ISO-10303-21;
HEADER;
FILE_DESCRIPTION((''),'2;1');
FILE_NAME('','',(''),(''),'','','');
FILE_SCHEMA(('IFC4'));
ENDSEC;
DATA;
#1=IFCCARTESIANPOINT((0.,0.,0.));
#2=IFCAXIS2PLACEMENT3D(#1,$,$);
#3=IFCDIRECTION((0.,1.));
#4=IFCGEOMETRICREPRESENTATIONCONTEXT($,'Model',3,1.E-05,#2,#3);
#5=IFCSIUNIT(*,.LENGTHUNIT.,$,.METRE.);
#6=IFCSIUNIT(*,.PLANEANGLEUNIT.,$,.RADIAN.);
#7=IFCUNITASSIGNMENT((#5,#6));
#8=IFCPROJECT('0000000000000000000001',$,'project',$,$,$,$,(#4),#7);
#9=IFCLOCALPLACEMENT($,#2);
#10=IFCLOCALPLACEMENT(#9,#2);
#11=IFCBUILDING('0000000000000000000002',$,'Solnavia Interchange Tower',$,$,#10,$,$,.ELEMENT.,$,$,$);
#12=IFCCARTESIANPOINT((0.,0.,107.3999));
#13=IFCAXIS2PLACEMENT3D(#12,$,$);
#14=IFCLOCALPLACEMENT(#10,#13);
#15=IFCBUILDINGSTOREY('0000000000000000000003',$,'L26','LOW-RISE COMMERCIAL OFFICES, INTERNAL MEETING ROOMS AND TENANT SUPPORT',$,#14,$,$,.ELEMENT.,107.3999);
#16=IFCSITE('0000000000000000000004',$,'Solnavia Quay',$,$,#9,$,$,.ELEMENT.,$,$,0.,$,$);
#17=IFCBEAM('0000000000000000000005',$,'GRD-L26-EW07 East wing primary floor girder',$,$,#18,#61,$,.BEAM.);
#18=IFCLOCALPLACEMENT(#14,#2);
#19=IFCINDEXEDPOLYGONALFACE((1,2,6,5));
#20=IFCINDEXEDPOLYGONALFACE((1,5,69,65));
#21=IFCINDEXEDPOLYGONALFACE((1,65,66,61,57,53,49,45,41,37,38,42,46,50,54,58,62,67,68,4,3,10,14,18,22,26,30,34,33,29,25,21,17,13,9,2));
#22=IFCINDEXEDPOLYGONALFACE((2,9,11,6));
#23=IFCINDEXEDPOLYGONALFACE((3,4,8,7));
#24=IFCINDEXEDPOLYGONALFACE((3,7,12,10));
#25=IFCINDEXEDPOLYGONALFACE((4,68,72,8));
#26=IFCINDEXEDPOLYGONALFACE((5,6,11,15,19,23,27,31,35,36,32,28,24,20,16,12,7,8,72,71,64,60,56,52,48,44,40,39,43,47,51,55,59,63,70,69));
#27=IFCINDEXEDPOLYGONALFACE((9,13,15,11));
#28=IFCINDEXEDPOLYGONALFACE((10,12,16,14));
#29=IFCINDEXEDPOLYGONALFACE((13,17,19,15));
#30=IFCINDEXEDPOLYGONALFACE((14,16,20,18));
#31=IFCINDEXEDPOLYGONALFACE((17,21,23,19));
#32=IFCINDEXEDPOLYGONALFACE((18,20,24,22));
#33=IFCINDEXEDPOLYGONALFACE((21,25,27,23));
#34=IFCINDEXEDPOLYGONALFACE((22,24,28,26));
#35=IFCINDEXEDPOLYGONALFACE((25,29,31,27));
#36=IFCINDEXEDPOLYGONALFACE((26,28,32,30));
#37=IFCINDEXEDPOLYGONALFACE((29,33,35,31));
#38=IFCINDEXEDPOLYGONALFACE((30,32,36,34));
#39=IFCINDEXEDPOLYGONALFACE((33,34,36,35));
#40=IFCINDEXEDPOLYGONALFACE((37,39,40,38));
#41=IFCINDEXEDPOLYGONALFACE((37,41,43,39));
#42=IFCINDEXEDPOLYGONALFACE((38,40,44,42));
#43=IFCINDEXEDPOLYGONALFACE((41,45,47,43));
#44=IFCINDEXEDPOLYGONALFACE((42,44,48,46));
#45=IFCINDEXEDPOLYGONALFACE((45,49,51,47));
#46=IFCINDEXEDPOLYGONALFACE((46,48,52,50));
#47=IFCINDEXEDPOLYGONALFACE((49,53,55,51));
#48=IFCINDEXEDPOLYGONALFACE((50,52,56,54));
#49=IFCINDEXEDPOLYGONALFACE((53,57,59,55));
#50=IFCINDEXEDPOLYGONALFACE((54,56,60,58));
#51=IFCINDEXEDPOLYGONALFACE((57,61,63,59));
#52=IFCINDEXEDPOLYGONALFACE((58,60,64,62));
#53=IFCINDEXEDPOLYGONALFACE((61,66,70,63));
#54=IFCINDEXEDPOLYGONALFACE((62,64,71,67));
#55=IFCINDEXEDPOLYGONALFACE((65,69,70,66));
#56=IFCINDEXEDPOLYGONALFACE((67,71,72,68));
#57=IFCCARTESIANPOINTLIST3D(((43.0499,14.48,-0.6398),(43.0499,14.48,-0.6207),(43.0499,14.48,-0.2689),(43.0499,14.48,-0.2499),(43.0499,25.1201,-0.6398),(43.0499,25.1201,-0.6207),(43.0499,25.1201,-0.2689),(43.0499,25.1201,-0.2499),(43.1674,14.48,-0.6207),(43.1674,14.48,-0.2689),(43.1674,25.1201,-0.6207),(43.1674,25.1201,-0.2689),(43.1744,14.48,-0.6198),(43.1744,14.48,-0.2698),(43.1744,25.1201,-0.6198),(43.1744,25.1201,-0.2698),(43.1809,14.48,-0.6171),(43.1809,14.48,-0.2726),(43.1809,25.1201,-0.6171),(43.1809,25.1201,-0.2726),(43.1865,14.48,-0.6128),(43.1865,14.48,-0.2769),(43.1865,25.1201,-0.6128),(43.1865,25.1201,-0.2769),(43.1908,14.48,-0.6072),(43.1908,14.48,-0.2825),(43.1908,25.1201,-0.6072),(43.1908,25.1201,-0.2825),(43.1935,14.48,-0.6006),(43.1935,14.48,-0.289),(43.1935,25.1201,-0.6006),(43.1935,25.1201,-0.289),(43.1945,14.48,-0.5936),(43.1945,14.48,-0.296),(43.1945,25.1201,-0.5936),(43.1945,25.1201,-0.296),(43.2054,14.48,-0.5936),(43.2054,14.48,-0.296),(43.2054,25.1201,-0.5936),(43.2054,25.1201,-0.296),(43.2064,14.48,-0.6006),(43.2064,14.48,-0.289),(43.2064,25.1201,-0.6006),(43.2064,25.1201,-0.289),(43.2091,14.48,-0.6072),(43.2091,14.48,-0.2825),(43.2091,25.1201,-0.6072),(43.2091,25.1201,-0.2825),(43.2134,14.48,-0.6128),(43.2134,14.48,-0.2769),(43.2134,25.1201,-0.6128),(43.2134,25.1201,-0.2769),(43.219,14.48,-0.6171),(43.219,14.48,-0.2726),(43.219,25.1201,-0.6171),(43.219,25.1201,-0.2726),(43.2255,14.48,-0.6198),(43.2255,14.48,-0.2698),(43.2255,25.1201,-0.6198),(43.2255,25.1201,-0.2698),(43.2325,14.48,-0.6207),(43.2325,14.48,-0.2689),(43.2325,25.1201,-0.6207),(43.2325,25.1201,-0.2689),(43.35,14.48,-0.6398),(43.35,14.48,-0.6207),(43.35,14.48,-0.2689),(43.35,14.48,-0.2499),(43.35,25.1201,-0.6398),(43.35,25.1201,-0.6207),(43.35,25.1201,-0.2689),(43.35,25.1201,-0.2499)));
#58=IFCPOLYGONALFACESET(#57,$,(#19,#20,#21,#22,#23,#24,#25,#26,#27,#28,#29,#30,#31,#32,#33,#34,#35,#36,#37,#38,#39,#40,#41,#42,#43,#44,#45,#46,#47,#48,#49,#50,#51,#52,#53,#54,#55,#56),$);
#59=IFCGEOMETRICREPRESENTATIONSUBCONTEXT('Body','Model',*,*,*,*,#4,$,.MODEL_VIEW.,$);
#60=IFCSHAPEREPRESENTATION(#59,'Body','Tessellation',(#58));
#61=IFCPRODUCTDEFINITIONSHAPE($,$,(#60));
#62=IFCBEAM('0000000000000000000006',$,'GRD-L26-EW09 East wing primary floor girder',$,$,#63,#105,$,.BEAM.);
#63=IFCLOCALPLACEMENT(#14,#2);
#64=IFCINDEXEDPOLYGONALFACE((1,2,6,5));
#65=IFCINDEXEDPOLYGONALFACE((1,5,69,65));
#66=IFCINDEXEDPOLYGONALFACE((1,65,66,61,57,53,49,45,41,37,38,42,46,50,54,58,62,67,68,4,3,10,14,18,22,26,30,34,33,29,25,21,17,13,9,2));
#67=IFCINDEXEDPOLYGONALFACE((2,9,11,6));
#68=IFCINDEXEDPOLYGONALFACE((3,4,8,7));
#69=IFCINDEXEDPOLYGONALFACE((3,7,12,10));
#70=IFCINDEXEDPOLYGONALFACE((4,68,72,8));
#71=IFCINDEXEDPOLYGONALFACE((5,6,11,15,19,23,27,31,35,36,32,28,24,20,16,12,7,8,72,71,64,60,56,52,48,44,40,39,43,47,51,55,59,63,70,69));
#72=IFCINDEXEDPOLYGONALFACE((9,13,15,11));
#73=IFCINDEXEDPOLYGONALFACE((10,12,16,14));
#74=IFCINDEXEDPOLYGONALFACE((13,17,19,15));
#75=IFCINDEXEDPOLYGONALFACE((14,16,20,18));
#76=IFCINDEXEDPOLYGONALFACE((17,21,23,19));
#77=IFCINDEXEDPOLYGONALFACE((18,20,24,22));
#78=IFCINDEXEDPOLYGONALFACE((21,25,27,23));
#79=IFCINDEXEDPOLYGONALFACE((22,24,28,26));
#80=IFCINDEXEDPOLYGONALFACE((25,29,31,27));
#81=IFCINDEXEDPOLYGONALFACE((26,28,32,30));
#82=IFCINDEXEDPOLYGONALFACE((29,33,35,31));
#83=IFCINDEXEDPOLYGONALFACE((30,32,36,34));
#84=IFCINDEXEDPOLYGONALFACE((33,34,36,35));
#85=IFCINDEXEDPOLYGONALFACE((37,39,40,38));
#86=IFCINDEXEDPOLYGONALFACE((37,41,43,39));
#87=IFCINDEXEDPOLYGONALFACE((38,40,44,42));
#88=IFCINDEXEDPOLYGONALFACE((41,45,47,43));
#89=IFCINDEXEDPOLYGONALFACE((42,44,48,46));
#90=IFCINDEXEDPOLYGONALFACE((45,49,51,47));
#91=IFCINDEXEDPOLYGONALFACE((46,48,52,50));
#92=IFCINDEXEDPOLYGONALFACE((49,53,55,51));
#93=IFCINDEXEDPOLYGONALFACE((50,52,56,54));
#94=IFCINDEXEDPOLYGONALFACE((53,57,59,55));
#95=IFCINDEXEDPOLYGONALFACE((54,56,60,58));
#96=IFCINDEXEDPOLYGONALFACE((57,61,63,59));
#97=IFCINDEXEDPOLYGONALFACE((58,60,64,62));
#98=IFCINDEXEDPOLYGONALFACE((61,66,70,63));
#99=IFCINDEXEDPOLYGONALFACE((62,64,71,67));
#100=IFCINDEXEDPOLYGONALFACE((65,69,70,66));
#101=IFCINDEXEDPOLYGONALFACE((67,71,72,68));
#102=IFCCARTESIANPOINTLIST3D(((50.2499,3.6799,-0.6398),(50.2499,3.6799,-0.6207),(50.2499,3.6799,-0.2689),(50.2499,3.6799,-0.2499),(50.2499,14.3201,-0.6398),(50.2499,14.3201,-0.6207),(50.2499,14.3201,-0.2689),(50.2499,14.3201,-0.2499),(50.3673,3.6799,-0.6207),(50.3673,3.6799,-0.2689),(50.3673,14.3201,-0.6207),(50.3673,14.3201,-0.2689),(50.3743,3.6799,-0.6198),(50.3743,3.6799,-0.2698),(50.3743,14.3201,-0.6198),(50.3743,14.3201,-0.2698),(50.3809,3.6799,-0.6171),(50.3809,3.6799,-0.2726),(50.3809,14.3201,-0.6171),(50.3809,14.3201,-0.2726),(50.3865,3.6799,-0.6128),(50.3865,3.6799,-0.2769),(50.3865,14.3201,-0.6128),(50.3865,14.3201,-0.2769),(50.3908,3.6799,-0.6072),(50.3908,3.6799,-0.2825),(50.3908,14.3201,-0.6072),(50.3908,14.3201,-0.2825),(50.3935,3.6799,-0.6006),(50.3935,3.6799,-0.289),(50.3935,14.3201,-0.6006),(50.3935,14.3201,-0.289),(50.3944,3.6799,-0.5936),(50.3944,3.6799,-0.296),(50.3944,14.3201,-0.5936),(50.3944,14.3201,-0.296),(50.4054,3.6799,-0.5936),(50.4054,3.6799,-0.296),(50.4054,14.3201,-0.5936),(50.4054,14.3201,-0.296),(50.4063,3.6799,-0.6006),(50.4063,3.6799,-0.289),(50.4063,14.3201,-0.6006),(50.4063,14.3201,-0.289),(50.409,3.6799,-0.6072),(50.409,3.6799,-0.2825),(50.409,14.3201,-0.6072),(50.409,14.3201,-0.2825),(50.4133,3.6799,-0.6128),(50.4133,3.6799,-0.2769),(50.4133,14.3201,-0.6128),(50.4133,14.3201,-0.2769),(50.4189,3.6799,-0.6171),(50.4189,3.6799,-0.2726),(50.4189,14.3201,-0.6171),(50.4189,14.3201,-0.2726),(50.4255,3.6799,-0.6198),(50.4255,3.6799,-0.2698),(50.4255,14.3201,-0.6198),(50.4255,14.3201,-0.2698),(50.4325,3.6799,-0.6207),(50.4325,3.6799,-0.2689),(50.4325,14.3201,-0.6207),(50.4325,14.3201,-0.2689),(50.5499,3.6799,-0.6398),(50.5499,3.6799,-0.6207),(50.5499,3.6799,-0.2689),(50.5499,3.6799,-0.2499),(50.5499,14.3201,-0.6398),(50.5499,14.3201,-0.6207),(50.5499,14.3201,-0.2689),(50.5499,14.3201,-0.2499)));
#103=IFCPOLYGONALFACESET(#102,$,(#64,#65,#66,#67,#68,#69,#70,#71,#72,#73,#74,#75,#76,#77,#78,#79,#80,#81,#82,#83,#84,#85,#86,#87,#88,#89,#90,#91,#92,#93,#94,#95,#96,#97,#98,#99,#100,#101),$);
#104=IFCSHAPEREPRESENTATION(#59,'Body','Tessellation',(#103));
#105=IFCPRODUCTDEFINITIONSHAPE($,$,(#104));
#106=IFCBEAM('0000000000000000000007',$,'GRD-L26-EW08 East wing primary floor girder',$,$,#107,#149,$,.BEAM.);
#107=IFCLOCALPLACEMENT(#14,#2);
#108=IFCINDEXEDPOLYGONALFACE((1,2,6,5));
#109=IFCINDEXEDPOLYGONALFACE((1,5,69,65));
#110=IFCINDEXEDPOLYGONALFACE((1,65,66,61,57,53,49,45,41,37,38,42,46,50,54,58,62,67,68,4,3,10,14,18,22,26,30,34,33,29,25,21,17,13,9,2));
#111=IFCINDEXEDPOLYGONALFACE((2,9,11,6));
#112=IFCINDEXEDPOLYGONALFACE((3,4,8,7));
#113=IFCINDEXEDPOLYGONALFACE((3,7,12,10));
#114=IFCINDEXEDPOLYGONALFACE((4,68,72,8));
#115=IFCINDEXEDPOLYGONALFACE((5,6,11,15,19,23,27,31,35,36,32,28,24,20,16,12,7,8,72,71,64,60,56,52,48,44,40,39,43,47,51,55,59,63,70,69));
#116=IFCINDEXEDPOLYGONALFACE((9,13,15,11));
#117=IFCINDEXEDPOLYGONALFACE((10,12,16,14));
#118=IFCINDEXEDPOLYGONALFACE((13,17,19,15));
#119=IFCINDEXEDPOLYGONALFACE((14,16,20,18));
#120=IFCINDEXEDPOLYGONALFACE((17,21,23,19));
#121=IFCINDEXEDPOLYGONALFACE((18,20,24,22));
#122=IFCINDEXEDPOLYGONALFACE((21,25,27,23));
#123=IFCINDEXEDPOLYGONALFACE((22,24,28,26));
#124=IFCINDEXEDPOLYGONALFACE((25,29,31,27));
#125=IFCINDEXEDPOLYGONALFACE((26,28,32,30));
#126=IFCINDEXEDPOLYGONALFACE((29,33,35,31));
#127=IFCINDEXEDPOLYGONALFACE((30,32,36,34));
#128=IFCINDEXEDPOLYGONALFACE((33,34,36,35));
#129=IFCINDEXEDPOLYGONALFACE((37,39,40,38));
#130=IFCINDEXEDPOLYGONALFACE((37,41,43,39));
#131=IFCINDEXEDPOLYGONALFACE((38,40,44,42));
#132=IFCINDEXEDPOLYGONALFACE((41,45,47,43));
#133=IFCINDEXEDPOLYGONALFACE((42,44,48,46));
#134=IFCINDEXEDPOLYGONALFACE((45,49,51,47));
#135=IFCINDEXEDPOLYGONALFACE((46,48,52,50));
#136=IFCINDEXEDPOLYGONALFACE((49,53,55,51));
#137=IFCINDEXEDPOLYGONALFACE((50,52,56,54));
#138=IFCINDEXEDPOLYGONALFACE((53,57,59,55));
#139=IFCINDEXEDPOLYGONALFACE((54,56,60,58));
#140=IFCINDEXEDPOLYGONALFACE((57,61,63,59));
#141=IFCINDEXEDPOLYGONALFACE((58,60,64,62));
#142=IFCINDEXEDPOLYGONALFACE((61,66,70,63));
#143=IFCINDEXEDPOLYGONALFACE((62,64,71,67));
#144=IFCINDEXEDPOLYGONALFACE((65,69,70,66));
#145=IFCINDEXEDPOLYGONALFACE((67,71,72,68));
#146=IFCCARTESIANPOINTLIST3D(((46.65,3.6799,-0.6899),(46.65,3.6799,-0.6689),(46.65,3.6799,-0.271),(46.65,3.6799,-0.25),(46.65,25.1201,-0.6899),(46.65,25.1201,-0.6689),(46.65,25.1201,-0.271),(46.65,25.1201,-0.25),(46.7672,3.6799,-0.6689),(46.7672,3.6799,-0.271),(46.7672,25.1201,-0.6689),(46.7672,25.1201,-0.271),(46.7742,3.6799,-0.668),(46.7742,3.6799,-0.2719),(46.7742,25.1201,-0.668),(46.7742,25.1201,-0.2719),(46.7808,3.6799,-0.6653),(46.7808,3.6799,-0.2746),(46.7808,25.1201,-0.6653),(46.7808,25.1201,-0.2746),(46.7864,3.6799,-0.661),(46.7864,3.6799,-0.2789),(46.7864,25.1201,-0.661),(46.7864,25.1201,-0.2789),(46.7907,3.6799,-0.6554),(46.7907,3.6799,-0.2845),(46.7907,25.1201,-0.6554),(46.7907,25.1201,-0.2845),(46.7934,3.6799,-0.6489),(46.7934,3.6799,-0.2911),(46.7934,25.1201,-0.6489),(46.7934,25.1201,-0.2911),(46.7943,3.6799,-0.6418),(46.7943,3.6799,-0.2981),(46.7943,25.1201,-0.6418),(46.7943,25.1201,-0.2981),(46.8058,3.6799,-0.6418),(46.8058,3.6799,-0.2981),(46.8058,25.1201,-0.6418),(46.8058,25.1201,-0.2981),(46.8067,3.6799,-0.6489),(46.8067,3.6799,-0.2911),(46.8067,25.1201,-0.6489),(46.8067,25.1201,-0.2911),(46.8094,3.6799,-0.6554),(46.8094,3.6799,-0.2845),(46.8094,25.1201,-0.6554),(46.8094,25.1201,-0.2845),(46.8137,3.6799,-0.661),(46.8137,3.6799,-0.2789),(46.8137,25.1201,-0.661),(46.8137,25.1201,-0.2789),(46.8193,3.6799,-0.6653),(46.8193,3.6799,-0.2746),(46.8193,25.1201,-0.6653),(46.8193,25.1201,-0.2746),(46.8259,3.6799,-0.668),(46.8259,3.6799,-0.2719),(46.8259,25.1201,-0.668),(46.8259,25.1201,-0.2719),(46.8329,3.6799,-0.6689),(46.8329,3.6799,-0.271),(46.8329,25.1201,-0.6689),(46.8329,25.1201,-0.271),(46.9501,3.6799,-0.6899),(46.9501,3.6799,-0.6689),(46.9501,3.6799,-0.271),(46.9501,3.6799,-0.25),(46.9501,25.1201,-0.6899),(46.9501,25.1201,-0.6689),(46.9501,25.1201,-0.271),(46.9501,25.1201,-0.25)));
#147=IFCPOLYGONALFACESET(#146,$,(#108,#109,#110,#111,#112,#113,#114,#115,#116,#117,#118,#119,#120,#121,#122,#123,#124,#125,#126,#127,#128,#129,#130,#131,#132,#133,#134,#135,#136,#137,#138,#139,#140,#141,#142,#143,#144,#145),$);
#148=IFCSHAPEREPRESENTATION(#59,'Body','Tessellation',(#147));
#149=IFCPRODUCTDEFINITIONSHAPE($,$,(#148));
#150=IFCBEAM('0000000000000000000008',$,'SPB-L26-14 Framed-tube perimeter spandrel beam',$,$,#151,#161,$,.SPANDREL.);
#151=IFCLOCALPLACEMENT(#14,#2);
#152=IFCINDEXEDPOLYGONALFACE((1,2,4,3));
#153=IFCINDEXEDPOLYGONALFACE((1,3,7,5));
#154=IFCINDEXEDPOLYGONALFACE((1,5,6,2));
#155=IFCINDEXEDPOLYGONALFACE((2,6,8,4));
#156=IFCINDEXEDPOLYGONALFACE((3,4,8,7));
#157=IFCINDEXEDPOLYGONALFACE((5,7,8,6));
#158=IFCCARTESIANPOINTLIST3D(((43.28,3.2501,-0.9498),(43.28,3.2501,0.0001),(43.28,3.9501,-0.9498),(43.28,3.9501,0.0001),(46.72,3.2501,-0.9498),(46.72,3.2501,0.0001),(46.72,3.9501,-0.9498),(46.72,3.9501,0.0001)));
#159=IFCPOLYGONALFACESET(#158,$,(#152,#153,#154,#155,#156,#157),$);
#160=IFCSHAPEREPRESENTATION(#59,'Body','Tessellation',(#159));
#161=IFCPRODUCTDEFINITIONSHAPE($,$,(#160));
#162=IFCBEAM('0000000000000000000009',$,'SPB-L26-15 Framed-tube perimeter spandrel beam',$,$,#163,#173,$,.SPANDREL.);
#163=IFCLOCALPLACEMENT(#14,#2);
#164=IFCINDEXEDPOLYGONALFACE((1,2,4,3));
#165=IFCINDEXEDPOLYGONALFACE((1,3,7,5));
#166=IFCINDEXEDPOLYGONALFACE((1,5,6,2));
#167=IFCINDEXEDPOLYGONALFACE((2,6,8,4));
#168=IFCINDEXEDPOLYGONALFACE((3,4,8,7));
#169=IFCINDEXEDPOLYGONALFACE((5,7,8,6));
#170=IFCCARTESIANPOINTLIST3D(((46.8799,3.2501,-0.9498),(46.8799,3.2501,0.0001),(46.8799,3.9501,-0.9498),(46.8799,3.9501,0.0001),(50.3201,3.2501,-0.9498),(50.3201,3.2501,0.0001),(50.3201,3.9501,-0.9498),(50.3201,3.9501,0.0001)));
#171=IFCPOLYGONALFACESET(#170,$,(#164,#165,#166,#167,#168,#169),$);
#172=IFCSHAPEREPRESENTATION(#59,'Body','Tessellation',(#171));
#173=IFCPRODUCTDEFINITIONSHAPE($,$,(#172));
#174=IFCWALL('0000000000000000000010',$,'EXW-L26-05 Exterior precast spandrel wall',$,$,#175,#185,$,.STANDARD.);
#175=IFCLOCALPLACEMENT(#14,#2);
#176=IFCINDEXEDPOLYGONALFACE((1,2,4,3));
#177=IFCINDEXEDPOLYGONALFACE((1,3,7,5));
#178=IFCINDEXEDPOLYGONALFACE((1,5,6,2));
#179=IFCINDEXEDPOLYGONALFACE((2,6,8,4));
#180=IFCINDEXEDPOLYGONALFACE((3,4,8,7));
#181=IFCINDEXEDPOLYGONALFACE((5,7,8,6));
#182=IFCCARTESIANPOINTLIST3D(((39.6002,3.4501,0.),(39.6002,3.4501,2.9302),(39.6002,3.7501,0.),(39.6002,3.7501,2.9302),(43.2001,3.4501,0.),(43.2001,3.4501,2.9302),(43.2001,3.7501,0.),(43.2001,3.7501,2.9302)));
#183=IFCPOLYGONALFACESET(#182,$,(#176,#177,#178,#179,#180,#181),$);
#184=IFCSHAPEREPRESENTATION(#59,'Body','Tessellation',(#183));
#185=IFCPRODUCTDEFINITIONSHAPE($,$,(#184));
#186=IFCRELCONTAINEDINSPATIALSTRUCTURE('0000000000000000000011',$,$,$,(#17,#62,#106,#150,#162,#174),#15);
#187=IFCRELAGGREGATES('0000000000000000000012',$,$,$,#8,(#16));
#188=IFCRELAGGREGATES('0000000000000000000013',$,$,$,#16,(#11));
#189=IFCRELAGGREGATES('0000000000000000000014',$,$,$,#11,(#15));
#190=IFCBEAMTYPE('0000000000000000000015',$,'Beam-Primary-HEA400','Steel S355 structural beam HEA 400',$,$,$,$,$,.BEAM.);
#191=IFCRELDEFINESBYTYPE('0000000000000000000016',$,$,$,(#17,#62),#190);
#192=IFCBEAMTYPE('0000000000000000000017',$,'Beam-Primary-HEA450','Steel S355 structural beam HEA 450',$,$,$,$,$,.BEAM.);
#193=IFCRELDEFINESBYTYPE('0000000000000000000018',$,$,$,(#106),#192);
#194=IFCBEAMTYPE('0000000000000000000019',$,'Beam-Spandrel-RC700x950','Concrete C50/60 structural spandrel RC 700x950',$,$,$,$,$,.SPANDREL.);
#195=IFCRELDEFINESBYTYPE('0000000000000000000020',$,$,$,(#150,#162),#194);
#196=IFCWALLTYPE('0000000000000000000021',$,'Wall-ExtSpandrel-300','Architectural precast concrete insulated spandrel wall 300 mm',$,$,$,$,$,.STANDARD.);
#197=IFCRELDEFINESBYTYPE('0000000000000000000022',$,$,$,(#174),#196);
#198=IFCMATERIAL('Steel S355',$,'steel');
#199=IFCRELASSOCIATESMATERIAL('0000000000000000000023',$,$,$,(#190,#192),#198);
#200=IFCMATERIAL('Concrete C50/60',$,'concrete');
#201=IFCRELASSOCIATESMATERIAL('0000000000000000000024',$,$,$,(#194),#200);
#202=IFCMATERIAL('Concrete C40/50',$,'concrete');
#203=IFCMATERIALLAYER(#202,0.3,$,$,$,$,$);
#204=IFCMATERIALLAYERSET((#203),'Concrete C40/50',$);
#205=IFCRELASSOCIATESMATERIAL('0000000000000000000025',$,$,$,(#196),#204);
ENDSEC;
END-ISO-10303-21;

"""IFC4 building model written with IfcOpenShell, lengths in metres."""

from ifc_helpers import new_model, si_unit, direction, frame, frame_2d, origin, origin_2d, place, context, subcontext, project, spatial, rectangle, i_section, extrude, material, layer, layer_set, material_profile, profile_set, type_object, element, save


model = new_model("IFC4")

# Units and contexts
model_context = context("Model", 3, precision=1e-05, world=origin(), true_north=direction((0.0, 1.0)))
body_context = subcontext(model_context, "Body", "Model", "MODEL_VIEW")
ifc_project = project(units=[si_unit("LENGTHUNIT", "METRE"), si_unit("PLANEANGLEUNIT", "RADIAN")], contexts=[model_context])

# Site, building, storey
site_placement = place(None, origin())
site = spatial("IfcSite", under=ifc_project, at=site_placement, Name="Solnavia Quay", CompositionType="ELEMENT", RefElevation=0.0)
building_placement = place(site_placement, origin())
building = spatial("IfcBuilding", under=site, at=building_placement, Name="Solnavia Interchange Tower", CompositionType="ELEMENT")
storey_placement = place(building_placement, frame((0.0, 0.0, 107.3999)))
storey = spatial("IfcBuildingStorey", under=building, at=storey_placement, Name="L26", Description="LOW-RISE COMMERCIAL OFFICES, INTERNAL MEETING ROOMS AND TENANT SUPPORT", CompositionType="ELEMENT", Elevation=107.3999)

# Shared definitions
ifc_material_1 = material(Name="Concrete C50/60", Category="concrete")
ifc_material_2 = material(Name="Steel S355", Category="steel")

# Beams
ifc_material_profile_1 = material_profile(ifc_material_2, i_section(OverallWidth=0.3, OverallDepth=0.3899, WebThickness=0.011, FlangeThickness=0.019, FilletRadius=0.0271, at=origin_2d()), Name="HEA 400")
ifc_profile_set_1 = profile_set([ifc_material_profile_1], Name="Steel S355")
beam_type_1 = type_object("IfcBeamType", Name="Beam-Primary-HEA400", Description="Steel S355 structural beam HEA 400", PredefinedType="BEAM", material=ifc_profile_set_1)
for number, where, z_axis, x_axis, name in (
    (1, (43.2, 14.48, -0.4448), (0.0, 1.0, 0.0), (-1.0, 0.0, 0.0), "GRD-L26-EW07 East wing primary floor girder"),
    (2, (50.3999, 3.6799, -0.4448), (0.0, 1.0, 0.0), (-1.0, 0.0, 0.0), "GRD-L26-EW09 East wing primary floor girder"),
):
    element("IfcBeam", number, at=place(storey_placement, frame(where, z_axis=z_axis, x_axis=x_axis)), inside=storey, type_object=beam_type_1, Name=name, PredefinedType="BEAM", context=body_context, shape_type="SweptSolid", body=[
        extrude(i_section(OverallWidth=0.3, OverallDepth=0.3899, WebThickness=0.011, FlangeThickness=0.019, FilletRadius=0.0271, at=origin_2d()), origin(), (0.0, 0.0, 1.0), 10.6401),
    ])
ifc_material_profile_2 = material_profile(ifc_material_2, i_section(OverallWidth=0.3, OverallDepth=0.4399, WebThickness=0.0115, FlangeThickness=0.021, FilletRadius=0.0271, at=origin_2d()), Name="HEA 450")
ifc_profile_set_2 = profile_set([ifc_material_profile_2], Name="Steel S355")
beam_type_2 = type_object("IfcBeamType", Name="Beam-Primary-HEA450", Description="Steel S355 structural beam HEA 450", PredefinedType="BEAM", material=ifc_profile_set_2)
beam_1_placement = place(storey_placement, frame((46.8, 3.6799, -0.47), z_axis=(0.0, 1.0, 0.0), x_axis=(-1.0, 0.0, 0.0)))
element("IfcBeam", 3, at=beam_1_placement, inside=storey, type_object=beam_type_2, Name="GRD-L26-EW08 East wing primary floor girder", PredefinedType="BEAM", context=body_context, shape_type="SweptSolid", body=[
    extrude(i_section(OverallWidth=0.3, OverallDepth=0.4399, WebThickness=0.0115, FlangeThickness=0.021, FilletRadius=0.0271, at=origin_2d()), origin(), (0.0, 0.0, 1.0), 21.4402),
])
ifc_material_profile_3 = material_profile(ifc_material_1, rectangle(XDim=0.7, YDim=0.95, at=origin_2d()), Name="RC 700x950")
ifc_profile_set_3 = profile_set([ifc_material_profile_3], Name="Concrete C50/60")
beam_type_3 = type_object("IfcBeamType", Name="Beam-Spandrel-RC700x950", Description="Concrete C50/60 structural spandrel RC 700x950", PredefinedType="SPANDREL", material=ifc_profile_set_3)
beam_2_placement = place(storey_placement, frame((43.28, 3.6001, -0.4749), z_axis=(1.0, 0.0, 0.0), x_axis=(0.0, 1.0, 0.0)))
element("IfcBeam", 4, at=beam_2_placement, inside=storey, type_object=beam_type_3, Name="SPB-L26-14 Framed-tube perimeter spandrel beam", PredefinedType="SPANDREL", context=body_context, shape_type="SweptSolid", body=[
    extrude(rectangle(XDim=0.7, YDim=0.95, at=origin_2d()), origin(), (0.0, 0.0, 1.0), 3.4399),
])
beam_3_placement = place(storey_placement, frame((46.8799, 3.6001, -0.4749), z_axis=(1.0, 0.0, 0.0), x_axis=(0.0, 1.0, 0.0)))
element("IfcBeam", 5, at=beam_3_placement, inside=storey, type_object=beam_type_3, Name="SPB-L26-15 Framed-tube perimeter spandrel beam", PredefinedType="SPANDREL", context=body_context, shape_type="SweptSolid", body=[
    extrude(rectangle(XDim=0.7, YDim=0.95, at=origin_2d()), origin(), (0.0, 0.0, 1.0), 3.4402),
])

# Wall
ifc_material_3 = material(Name="Concrete C40/50", Category="concrete")
ifc_layer_1 = layer(ifc_material_3, 0.3)
ifc_layer_set_1 = layer_set([ifc_layer_1], Name="Concrete C40/50")
wall_type_1 = type_object("IfcWallType", Name="Wall-ExtSpandrel-300", Description="Architectural precast concrete insulated spandrel wall 300 mm", PredefinedType="STANDARD", material=ifc_layer_set_1)
wall_1_placement = place(storey_placement, frame((43.2, 3.6001, 0.0), z_axis=(0.0, 0.0, 1.0), x_axis=(-1.0, 0.0, 0.0)))
element("IfcWall", 6, at=wall_1_placement, inside=storey, type_object=wall_type_1, Name="EXW-L26-05 Exterior precast spandrel wall", PredefinedType="STANDARD", context=body_context, shape_type="SweptSolid", body=[
    extrude(rectangle(XDim=3.5999, YDim=0.3, at=frame_2d((1.7998, 0.0))), origin(), (0.0, 0.0, 1.0), 2.9302),
])

save(model, "model.ifc")
